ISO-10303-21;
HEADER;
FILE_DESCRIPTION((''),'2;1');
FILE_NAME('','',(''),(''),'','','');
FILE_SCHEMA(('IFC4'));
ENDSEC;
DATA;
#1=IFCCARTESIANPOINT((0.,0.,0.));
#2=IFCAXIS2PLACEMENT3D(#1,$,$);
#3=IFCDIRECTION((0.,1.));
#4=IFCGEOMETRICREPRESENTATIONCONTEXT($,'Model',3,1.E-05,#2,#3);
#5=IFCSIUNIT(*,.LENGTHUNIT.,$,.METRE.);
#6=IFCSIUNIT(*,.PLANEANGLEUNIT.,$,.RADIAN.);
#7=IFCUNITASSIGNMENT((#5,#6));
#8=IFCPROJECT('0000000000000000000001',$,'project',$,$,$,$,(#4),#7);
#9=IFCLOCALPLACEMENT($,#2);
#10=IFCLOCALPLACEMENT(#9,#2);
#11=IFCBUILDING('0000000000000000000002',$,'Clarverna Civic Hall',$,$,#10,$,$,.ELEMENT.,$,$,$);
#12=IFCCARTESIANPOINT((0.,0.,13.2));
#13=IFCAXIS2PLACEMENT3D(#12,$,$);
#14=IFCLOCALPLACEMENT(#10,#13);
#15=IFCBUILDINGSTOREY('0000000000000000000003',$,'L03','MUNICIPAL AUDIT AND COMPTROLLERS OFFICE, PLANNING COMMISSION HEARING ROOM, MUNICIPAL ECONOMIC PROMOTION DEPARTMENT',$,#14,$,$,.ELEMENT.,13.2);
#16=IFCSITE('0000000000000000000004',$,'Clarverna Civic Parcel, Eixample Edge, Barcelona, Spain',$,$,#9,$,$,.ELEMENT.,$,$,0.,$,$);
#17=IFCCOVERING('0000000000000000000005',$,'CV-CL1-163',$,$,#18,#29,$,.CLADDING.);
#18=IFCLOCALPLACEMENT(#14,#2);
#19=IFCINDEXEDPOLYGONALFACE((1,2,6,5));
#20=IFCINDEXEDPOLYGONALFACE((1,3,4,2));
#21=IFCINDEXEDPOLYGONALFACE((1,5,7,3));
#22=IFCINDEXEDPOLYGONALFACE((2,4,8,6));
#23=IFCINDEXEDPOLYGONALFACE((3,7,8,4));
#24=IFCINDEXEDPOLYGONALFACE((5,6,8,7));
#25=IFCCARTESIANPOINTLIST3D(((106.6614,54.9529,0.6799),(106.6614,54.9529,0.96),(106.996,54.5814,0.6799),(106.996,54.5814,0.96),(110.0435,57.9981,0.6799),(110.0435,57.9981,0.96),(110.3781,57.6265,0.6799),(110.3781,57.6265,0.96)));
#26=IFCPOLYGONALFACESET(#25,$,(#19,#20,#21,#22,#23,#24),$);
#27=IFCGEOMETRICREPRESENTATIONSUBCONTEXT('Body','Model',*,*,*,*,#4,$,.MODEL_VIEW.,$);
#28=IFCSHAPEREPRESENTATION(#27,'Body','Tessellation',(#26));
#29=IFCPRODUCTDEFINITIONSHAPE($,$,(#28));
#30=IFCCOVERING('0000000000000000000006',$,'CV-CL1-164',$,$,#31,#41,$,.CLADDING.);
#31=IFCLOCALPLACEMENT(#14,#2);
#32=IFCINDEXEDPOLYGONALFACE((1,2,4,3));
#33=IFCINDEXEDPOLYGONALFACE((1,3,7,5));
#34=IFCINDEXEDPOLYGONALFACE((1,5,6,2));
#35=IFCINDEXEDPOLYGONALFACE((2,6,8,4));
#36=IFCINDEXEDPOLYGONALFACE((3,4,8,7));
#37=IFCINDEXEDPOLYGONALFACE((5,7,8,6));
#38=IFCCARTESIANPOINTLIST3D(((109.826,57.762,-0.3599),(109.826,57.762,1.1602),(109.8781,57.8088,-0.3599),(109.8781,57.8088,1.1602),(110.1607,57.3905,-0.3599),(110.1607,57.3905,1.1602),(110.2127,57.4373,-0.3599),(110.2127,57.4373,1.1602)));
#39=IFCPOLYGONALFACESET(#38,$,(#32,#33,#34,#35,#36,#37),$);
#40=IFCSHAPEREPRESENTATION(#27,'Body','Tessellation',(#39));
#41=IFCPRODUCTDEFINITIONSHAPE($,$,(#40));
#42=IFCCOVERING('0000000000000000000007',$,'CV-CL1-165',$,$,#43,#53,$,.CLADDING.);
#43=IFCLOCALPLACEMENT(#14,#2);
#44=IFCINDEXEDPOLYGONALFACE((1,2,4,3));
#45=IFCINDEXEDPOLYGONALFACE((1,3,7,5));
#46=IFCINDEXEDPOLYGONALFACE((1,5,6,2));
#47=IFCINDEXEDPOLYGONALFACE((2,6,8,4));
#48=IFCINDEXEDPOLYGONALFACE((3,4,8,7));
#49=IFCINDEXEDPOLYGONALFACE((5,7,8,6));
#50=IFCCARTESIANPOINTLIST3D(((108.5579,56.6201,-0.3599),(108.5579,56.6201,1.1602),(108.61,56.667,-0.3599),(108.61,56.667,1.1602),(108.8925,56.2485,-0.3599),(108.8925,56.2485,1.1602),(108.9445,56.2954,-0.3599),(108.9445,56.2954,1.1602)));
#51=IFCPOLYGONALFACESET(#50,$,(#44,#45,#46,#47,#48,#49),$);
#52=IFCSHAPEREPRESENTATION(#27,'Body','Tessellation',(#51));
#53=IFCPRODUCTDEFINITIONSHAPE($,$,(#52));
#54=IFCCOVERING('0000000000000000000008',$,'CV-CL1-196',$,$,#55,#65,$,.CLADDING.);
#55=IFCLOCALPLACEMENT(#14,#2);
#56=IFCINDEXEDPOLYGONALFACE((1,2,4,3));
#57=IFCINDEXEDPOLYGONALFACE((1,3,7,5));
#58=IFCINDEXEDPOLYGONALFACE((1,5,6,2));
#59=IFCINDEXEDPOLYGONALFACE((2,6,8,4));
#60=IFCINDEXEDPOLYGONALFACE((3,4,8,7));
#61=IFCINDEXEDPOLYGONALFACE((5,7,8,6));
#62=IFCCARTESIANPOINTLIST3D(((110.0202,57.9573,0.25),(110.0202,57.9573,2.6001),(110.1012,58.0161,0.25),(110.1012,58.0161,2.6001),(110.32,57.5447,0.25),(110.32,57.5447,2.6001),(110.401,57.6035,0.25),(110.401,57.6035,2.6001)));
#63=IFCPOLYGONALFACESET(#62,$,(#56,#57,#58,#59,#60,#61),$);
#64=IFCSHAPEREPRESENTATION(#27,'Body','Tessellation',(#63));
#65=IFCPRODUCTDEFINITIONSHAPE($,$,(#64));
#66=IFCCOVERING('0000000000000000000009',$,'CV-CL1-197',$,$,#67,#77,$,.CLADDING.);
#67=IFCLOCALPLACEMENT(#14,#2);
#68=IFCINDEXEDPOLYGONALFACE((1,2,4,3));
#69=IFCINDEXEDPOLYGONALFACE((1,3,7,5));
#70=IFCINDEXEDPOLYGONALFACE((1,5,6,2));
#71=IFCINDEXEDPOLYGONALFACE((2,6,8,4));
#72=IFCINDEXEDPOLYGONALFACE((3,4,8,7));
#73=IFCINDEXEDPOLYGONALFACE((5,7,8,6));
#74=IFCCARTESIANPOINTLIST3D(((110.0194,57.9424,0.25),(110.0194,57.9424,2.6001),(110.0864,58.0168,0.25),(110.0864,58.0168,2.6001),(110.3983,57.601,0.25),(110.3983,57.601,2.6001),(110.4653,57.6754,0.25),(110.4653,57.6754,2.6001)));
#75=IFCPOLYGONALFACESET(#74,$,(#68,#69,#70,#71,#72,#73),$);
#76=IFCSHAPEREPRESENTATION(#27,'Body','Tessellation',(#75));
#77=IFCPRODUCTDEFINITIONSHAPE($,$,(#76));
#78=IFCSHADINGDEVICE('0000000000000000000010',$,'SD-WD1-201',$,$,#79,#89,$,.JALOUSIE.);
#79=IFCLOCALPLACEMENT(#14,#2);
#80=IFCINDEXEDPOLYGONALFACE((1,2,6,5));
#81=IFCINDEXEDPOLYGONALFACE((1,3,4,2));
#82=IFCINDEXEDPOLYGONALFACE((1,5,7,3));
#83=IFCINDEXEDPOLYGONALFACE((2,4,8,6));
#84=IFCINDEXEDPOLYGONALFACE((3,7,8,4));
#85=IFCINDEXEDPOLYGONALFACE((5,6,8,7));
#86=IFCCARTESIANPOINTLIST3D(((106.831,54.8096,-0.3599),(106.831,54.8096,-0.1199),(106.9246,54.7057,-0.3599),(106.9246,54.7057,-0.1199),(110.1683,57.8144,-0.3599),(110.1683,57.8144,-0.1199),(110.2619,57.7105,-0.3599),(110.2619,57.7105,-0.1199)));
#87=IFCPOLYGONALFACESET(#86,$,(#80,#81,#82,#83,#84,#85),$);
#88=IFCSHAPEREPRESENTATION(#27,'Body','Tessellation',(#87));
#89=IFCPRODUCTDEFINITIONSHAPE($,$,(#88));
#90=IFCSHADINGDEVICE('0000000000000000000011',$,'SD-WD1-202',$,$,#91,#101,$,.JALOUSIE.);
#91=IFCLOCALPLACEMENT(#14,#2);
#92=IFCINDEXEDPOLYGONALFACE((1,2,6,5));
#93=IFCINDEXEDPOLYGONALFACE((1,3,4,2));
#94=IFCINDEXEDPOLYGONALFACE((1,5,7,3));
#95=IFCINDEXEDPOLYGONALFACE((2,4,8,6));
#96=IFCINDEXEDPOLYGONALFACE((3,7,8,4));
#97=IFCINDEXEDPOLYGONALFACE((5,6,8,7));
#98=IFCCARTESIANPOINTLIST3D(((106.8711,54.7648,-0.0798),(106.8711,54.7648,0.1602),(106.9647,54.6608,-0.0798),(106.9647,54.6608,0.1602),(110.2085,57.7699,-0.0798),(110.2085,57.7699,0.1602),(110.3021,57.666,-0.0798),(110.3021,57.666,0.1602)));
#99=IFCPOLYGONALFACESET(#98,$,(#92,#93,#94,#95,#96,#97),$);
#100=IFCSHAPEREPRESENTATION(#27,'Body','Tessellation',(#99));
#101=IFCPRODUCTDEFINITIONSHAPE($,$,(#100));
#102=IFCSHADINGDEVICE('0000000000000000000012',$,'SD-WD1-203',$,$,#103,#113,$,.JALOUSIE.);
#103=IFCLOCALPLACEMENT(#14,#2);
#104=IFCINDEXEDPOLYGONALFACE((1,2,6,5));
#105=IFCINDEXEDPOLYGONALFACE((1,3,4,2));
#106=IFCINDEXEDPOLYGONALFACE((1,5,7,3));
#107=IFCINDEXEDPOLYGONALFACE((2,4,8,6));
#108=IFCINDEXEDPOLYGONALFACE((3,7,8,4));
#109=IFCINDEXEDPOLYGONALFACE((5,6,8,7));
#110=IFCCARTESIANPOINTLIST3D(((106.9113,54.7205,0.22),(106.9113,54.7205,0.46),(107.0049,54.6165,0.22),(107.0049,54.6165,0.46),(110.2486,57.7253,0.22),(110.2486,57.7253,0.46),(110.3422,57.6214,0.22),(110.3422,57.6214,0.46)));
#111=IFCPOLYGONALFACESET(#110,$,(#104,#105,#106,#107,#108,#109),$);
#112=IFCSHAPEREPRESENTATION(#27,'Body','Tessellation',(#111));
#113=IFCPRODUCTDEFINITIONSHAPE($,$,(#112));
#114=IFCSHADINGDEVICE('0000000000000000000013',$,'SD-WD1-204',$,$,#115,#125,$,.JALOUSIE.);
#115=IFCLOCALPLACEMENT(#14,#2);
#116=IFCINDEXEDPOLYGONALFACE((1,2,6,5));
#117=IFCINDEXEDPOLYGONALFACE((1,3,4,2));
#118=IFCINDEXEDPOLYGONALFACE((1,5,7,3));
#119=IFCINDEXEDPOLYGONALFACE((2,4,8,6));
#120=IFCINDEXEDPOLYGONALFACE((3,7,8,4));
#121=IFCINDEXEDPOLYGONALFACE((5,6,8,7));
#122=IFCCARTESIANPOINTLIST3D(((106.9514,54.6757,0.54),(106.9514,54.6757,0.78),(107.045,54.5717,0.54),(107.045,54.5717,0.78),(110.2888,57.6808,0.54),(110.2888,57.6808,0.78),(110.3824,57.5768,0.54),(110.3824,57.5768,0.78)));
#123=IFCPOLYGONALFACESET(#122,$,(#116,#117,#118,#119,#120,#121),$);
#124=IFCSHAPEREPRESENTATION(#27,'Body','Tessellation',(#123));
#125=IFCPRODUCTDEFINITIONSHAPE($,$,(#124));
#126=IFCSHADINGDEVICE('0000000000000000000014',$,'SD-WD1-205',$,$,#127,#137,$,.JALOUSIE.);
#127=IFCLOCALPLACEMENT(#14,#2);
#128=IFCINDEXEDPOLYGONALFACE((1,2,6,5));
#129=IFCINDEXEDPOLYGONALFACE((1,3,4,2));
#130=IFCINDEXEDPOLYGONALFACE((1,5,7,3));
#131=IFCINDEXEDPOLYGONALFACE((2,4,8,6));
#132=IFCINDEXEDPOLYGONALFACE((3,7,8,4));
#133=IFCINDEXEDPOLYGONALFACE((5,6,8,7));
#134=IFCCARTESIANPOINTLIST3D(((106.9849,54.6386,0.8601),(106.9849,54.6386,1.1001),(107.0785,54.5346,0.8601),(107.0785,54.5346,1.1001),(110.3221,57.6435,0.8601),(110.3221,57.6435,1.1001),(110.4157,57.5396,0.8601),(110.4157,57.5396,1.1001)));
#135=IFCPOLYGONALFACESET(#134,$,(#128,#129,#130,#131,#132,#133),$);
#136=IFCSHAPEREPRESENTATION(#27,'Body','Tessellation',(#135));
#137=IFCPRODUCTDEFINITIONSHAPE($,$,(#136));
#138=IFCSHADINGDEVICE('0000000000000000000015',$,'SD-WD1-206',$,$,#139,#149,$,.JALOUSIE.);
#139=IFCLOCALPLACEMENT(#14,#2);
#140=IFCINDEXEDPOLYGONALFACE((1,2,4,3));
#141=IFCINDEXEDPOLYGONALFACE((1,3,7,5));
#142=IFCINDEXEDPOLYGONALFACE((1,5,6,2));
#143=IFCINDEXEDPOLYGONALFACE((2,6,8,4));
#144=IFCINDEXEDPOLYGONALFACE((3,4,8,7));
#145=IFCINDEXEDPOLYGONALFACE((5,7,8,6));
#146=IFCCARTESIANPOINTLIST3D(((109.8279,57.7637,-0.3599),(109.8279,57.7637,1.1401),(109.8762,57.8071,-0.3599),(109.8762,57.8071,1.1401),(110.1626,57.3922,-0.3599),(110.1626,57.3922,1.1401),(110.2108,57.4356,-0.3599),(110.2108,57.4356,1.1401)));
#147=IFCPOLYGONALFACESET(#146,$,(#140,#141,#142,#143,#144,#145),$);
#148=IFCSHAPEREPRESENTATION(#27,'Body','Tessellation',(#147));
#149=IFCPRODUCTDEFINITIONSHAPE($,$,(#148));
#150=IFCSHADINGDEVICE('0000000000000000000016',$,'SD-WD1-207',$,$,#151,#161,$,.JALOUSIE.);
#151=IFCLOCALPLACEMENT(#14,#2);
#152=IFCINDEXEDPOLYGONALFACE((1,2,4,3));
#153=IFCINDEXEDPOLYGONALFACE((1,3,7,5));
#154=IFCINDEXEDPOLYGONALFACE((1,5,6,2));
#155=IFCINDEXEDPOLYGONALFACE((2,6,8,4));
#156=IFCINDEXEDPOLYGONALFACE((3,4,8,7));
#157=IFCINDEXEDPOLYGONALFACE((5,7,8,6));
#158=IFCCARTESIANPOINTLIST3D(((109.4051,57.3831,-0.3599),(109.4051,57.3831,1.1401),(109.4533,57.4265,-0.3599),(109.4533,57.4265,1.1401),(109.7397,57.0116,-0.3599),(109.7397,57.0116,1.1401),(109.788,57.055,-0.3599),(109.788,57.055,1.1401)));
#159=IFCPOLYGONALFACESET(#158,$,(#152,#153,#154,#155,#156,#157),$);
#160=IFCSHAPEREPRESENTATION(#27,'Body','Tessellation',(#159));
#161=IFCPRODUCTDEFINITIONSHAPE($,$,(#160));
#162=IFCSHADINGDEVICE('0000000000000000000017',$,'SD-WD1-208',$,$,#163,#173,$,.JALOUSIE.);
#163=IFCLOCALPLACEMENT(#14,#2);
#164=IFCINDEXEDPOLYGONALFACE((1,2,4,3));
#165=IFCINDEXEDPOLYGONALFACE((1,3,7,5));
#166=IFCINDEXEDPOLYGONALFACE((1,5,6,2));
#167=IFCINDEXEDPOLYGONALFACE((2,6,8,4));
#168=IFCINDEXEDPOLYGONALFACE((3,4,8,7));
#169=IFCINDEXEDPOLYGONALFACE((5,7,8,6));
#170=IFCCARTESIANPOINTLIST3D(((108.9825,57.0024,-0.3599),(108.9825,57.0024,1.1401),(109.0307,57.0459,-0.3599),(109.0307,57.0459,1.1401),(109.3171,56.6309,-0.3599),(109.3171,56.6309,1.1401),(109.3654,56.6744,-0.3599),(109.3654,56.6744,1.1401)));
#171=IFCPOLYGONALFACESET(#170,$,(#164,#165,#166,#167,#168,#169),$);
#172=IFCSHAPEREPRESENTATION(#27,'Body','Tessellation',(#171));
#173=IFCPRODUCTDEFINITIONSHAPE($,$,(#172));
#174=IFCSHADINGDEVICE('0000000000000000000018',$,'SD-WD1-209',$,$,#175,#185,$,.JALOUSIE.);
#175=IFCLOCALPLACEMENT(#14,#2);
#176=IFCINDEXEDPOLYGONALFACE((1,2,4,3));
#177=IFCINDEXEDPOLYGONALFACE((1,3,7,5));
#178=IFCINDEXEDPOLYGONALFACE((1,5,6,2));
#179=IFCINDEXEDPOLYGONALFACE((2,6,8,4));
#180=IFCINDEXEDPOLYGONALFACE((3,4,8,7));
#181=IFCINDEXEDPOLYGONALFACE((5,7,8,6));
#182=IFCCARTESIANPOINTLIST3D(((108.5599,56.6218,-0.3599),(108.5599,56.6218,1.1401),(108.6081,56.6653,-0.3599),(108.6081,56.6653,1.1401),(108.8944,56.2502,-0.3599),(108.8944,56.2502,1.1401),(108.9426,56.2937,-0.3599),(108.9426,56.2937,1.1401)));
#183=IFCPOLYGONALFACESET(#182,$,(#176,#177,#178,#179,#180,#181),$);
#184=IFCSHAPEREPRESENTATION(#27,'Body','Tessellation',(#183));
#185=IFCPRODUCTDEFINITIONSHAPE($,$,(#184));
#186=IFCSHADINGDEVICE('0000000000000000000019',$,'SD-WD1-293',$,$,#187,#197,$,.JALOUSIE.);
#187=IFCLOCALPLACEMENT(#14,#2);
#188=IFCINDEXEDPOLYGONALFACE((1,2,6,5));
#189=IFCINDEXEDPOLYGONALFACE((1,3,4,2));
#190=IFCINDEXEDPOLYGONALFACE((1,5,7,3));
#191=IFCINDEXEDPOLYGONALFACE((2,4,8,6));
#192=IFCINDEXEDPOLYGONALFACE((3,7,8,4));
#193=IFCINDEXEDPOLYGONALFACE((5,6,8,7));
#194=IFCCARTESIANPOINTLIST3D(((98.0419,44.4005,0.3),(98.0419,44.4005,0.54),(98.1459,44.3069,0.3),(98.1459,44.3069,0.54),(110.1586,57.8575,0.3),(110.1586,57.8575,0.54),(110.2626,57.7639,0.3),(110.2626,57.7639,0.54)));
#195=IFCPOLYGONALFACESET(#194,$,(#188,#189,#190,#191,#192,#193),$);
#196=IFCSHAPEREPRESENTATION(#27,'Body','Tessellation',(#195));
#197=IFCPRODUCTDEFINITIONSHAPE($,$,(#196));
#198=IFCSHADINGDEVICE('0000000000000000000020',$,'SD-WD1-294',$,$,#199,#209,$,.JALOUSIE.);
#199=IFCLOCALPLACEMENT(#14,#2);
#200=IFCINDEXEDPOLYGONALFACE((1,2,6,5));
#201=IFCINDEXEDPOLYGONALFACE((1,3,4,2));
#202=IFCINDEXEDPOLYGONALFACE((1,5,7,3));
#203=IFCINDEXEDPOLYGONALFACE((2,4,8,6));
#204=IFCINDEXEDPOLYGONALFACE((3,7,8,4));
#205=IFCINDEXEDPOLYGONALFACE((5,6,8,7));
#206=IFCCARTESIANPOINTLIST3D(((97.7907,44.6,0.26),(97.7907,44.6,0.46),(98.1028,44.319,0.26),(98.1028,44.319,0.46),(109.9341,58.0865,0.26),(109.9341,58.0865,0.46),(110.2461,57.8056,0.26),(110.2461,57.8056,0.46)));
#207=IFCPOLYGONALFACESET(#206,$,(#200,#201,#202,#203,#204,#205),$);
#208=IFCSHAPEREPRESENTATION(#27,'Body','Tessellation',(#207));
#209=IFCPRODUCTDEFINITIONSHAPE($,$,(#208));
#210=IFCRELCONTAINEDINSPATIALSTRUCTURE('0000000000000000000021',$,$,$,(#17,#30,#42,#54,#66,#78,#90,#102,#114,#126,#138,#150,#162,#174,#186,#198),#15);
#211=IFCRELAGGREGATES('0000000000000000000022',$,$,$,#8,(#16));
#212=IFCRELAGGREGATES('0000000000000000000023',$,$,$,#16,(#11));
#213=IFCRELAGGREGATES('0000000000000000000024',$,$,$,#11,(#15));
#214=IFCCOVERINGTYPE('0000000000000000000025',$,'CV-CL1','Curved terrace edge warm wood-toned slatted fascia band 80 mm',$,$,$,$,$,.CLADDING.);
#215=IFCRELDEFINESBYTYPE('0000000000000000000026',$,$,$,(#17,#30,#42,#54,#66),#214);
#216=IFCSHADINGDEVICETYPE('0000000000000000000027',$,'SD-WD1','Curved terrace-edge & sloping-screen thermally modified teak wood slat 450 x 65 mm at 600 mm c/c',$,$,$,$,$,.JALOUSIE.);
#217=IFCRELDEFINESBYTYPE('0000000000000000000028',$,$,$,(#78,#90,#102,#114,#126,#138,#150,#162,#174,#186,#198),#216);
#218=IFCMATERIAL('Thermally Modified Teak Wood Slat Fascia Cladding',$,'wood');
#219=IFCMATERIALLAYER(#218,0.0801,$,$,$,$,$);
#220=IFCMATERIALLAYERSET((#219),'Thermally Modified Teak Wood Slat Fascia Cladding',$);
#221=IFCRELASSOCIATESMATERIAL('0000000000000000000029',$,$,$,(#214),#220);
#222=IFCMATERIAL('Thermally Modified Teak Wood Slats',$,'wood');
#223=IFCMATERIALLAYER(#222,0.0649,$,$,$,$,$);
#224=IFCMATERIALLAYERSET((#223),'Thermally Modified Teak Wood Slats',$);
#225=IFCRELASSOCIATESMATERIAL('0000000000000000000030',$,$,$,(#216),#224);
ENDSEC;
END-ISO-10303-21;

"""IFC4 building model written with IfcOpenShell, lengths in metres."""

from ifc_helpers import new_model, si_unit, direction, frame, frame_2d, origin, place, context, subcontext, project, spatial, rectangle, extrude, material, layer, layer_set, type_object, element, save


model = new_model("IFC4")

# Units and contexts
model_context = context("Model", 3, precision=1e-05, world=origin(), true_north=direction((0.0, 1.0)))
body_context = subcontext(model_context, "Body", "Model", "MODEL_VIEW")
ifc_project = project(units=[si_unit("LENGTHUNIT", "METRE"), si_unit("PLANEANGLEUNIT", "RADIAN")], contexts=[model_context])

# Site, building, storey
site_placement = place(None, origin())
site = spatial("IfcSite", under=ifc_project, at=site_placement, Name="Clarverna Civic Parcel, Eixample Edge, Barcelona, Spain", CompositionType="ELEMENT", RefElevation=0.0)
building_placement = place(site_placement, origin())
building = spatial("IfcBuilding", under=site, at=building_placement, Name="Clarverna Civic Hall", CompositionType="ELEMENT")
storey_placement = place(building_placement, frame((0.0, 0.0, 13.2)))
storey = spatial("IfcBuildingStorey", under=building, at=storey_placement, Name="L03", Description="MUNICIPAL AUDIT AND COMPTROLLERS OFFICE, PLANNING COMMISSION HEARING ROOM, MUNICIPAL ECONOMIC PROMOTION DEPARTMENT", CompositionType="ELEMENT", Elevation=13.2)

# Coverings
ifc_material_1 = material(Name="Thermally Modified Teak Wood Slat Fascia Cladding", Category="wood")
ifc_layer_1 = layer(ifc_material_1, 0.0801)
ifc_layer_set_1 = layer_set([ifc_layer_1], Name="Thermally Modified Teak Wood Slat Fascia Cladding")
covering_type = type_object("IfcCoveringType", Name="CV-CL1", Description="Curved terrace edge warm wood-toned slatted fascia band 80 mm", PredefinedType="CLADDING", material=ifc_layer_set_1)
covering_placement = place(storey_placement, frame((110.2107, 57.8123, 0.6799), z_axis=(0.0, 0.0, 1.0), x_axis=(-0.743153, -0.669122, 0.0)))
element("IfcCovering", 1, at=covering_placement, inside=storey, type_object=covering_type, Name="CV-CL1-163", PredefinedType="CLADDING", context=body_context, shape_type="SweptSolid", body=[
    extrude(rectangle(XDim=4.551, YDim=0.5, at=frame_2d((2.2754, 0.0))), origin(), (0.0, 0.0, 1.0), 0.28),
])
for number, where, z_axis, x_axis, name in (
    (2, (109.8521, 57.7854, -0.3599), (0.0, 0.0, 1.0), (0.669288, -0.743003, 0.0), "CV-CL1-164"),
    (3, (108.584, 56.6436, -0.3599), (0.0, 0.0, 1.0), (0.669019, -0.743246, 0.0), "CV-CL1-165"),
):
    element("IfcCovering", number, at=place(storey_placement, frame(where, z_axis=z_axis, x_axis=x_axis)), inside=storey, type_object=covering_type, Name=name, PredefinedType="CLADDING", context=body_context, shape_type="SweptSolid", body=[
        extrude(rectangle(XDim=0.5, YDim=0.0701, at=frame_2d((0.25, 0.0))), origin(), (0.0, 0.0, 1.0), 1.52),
    ])
for number, where, z_axis, x_axis, name in (
    (4, (110.0608, 57.9866, 0.25), (0.0, 0.0, 1.0), (0.58783, -0.808984, 0.0), "CV-CL1-196"),
    (5, (110.053, 57.9795, 0.25), (0.0, 0.0, 1.0), (0.743008, -0.669282, 0.0), "CV-CL1-197"),
):
    element("IfcCovering", number, at=place(storey_placement, frame(where, z_axis=z_axis, x_axis=x_axis)), inside=storey, type_object=covering_type, Name=name, PredefinedType="CLADDING", context=body_context, shape_type="SweptSolid", body=[
        extrude(rectangle(XDim=0.51, YDim=0.1001, at=frame_2d((0.2549, 0.0))), origin(), (0.0, 0.0, 1.0), 2.3501),
    ])

# Shading devices
ifc_material_2 = material(Name="Thermally Modified Teak Wood Slats", Category="wood")
ifc_layer_2 = layer(ifc_material_2, 0.0649)
ifc_layer_set_2 = layer_set([ifc_layer_2], Name="Thermally Modified Teak Wood Slats")
shading_device_type = type_object("IfcShadingDeviceType", Name="SD-WD1", Description="Curved terrace-edge & sloping-screen thermally modified teak wood slat 450 x 65 mm at 600 mm c/c", PredefinedType="JALOUSIE", material=ifc_layer_set_2)
shading_device_1_placement = place(storey_placement, frame((110.2151, 57.7625, -0.3599), z_axis=(0.0, 0.0, 1.0), x_axis=(-0.743159, -0.669115, 0.0)))
element("IfcShadingDevice", 6, at=shading_device_1_placement, inside=storey, type_object=shading_device_type, Name="SD-WD1-201", PredefinedType="JALOUSIE", context=body_context, shape_type="SweptSolid", body=[
    extrude(rectangle(XDim=4.4907, YDim=0.1399, at=frame_2d((2.2454, 0.0))), origin(), (0.0, 0.0, 1.0), 0.24),
])
shading_device_2_placement = place(storey_placement, frame((110.2554, 57.718, -0.0798), z_axis=(0.0, 0.0, 1.0), x_axis=(-0.743132, -0.669145, 0.0)))
element("IfcShadingDevice", 7, at=shading_device_2_placement, inside=storey, type_object=shading_device_type, Name="SD-WD1-202", PredefinedType="JALOUSIE", context=body_context, shape_type="SweptSolid", body=[
    extrude(rectangle(XDim=4.491, YDim=0.1399, at=frame_2d((2.2456, 0.0))), origin(), (0.0, 0.0, 1.0), 0.24),
])
shading_device_3_placement = place(storey_placement, frame((110.2954, 57.6733, 0.22), z_axis=(0.0, 0.0, 1.0), x_axis=(-0.743159, -0.669115, 0.0)))
element("IfcShadingDevice", 8, at=shading_device_3_placement, inside=storey, type_object=shading_device_type, Name="SD-WD1-203", PredefinedType="JALOUSIE", context=body_context, shape_type="SweptSolid", body=[
    extrude(rectangle(XDim=4.4907, YDim=0.1399, at=frame_2d((2.2454, 0.0))), origin(), (0.0, 0.0, 1.0), 0.24),
])
shading_device_4_placement = place(storey_placement, frame((110.3357, 57.6289, 0.54), z_axis=(0.0, 0.0, 1.0), x_axis=(-0.743132, -0.669145, 0.0)))
element("IfcShadingDevice", 9, at=shading_device_4_placement, inside=storey, type_object=shading_device_type, Name="SD-WD1-204", PredefinedType="JALOUSIE", context=body_context, shape_type="SweptSolid", body=[
    extrude(rectangle(XDim=4.491, YDim=0.1399, at=frame_2d((2.2456, 0.0))), origin(), (0.0, 0.0, 1.0), 0.24),
])
shading_device_5_placement = place(storey_placement, frame((110.3689, 57.5916, 0.8601), z_axis=(0.0, 0.0, 1.0), x_axis=(-0.743135, -0.669142, 0.0)))
element("IfcShadingDevice", 10, at=shading_device_5_placement, inside=storey, type_object=shading_device_type, Name="SD-WD1-205", PredefinedType="JALOUSIE", context=body_context, shape_type="SweptSolid", body=[
    extrude(rectangle(XDim=4.4907, YDim=0.1399, at=frame_2d((2.2454, 0.0))), origin(), (0.0, 0.0, 1.0), 0.24),
])
for number, where, z_axis, x_axis, name in (
    (11, (109.8521, 57.7854, -0.3599), (0.0, 0.0, 1.0), (0.669288, -0.743003, 0.0), "SD-WD1-206"),
    (12, (109.4292, 57.4048, -0.3599), (0.0, 0.0, 1.0), (0.669288, -0.743003, 0.0), "SD-WD1-207"),
    (13, (109.0066, 57.0242, -0.3599), (0.0, 0.0, 1.0), (0.669288, -0.743003, 0.0), "SD-WD1-208"),
    (14, (108.584, 56.6436, -0.3599), (0.0, 0.0, 1.0), (0.669019, -0.743246, 0.0), "SD-WD1-209"),
):
    element("IfcShadingDevice", number, at=place(storey_placement, frame(where, z_axis=z_axis, x_axis=x_axis)), inside=storey, type_object=shading_device_type, Name=name, PredefinedType="JALOUSIE", context=body_context, shape_type="SweptSolid", body=[
        extrude(rectangle(XDim=0.5, YDim=0.0649, at=frame_2d((0.25, 0.0))), origin(), (0.0, 0.0, 1.0), 1.5),
    ])
shading_device_6_placement = place(storey_placement, frame((110.2107, 57.8108, 0.3), z_axis=(0.0, 0.0, 1.0), x_axis=(-0.669129, -0.743147, 0.0)))
element("IfcShadingDevice", 15, at=shading_device_6_placement, inside=storey, type_object=shading_device_type, Name="SD-WD1-293", PredefinedType="JALOUSIE", context=body_context, shape_type="SweptSolid", body=[
    extrude(rectangle(XDim=18.1082, YDim=0.1399, at=frame_2d((9.0542, 0.0))), origin(), (0.0, 0.0, 1.0), 0.24),
])
shading_device_7_placement = place(storey_placement, frame((110.0901, 57.946, 0.26), z_axis=(0.0, 0.0, 1.0), x_axis=(-0.669129, -0.743146, 0.0)))
element("IfcShadingDevice", 16, at=shading_device_7_placement, inside=storey, type_object=shading_device_type, Name="SD-WD1-294", PredefinedType="JALOUSIE", context=body_context, shape_type="SweptSolid", body=[
    extrude(rectangle(XDim=18.1479, YDim=0.4199, at=frame_2d((9.074, 0.0))), origin(), (0.0, 0.0, 1.0), 0.2),
])

save(model, "model.ifc")
